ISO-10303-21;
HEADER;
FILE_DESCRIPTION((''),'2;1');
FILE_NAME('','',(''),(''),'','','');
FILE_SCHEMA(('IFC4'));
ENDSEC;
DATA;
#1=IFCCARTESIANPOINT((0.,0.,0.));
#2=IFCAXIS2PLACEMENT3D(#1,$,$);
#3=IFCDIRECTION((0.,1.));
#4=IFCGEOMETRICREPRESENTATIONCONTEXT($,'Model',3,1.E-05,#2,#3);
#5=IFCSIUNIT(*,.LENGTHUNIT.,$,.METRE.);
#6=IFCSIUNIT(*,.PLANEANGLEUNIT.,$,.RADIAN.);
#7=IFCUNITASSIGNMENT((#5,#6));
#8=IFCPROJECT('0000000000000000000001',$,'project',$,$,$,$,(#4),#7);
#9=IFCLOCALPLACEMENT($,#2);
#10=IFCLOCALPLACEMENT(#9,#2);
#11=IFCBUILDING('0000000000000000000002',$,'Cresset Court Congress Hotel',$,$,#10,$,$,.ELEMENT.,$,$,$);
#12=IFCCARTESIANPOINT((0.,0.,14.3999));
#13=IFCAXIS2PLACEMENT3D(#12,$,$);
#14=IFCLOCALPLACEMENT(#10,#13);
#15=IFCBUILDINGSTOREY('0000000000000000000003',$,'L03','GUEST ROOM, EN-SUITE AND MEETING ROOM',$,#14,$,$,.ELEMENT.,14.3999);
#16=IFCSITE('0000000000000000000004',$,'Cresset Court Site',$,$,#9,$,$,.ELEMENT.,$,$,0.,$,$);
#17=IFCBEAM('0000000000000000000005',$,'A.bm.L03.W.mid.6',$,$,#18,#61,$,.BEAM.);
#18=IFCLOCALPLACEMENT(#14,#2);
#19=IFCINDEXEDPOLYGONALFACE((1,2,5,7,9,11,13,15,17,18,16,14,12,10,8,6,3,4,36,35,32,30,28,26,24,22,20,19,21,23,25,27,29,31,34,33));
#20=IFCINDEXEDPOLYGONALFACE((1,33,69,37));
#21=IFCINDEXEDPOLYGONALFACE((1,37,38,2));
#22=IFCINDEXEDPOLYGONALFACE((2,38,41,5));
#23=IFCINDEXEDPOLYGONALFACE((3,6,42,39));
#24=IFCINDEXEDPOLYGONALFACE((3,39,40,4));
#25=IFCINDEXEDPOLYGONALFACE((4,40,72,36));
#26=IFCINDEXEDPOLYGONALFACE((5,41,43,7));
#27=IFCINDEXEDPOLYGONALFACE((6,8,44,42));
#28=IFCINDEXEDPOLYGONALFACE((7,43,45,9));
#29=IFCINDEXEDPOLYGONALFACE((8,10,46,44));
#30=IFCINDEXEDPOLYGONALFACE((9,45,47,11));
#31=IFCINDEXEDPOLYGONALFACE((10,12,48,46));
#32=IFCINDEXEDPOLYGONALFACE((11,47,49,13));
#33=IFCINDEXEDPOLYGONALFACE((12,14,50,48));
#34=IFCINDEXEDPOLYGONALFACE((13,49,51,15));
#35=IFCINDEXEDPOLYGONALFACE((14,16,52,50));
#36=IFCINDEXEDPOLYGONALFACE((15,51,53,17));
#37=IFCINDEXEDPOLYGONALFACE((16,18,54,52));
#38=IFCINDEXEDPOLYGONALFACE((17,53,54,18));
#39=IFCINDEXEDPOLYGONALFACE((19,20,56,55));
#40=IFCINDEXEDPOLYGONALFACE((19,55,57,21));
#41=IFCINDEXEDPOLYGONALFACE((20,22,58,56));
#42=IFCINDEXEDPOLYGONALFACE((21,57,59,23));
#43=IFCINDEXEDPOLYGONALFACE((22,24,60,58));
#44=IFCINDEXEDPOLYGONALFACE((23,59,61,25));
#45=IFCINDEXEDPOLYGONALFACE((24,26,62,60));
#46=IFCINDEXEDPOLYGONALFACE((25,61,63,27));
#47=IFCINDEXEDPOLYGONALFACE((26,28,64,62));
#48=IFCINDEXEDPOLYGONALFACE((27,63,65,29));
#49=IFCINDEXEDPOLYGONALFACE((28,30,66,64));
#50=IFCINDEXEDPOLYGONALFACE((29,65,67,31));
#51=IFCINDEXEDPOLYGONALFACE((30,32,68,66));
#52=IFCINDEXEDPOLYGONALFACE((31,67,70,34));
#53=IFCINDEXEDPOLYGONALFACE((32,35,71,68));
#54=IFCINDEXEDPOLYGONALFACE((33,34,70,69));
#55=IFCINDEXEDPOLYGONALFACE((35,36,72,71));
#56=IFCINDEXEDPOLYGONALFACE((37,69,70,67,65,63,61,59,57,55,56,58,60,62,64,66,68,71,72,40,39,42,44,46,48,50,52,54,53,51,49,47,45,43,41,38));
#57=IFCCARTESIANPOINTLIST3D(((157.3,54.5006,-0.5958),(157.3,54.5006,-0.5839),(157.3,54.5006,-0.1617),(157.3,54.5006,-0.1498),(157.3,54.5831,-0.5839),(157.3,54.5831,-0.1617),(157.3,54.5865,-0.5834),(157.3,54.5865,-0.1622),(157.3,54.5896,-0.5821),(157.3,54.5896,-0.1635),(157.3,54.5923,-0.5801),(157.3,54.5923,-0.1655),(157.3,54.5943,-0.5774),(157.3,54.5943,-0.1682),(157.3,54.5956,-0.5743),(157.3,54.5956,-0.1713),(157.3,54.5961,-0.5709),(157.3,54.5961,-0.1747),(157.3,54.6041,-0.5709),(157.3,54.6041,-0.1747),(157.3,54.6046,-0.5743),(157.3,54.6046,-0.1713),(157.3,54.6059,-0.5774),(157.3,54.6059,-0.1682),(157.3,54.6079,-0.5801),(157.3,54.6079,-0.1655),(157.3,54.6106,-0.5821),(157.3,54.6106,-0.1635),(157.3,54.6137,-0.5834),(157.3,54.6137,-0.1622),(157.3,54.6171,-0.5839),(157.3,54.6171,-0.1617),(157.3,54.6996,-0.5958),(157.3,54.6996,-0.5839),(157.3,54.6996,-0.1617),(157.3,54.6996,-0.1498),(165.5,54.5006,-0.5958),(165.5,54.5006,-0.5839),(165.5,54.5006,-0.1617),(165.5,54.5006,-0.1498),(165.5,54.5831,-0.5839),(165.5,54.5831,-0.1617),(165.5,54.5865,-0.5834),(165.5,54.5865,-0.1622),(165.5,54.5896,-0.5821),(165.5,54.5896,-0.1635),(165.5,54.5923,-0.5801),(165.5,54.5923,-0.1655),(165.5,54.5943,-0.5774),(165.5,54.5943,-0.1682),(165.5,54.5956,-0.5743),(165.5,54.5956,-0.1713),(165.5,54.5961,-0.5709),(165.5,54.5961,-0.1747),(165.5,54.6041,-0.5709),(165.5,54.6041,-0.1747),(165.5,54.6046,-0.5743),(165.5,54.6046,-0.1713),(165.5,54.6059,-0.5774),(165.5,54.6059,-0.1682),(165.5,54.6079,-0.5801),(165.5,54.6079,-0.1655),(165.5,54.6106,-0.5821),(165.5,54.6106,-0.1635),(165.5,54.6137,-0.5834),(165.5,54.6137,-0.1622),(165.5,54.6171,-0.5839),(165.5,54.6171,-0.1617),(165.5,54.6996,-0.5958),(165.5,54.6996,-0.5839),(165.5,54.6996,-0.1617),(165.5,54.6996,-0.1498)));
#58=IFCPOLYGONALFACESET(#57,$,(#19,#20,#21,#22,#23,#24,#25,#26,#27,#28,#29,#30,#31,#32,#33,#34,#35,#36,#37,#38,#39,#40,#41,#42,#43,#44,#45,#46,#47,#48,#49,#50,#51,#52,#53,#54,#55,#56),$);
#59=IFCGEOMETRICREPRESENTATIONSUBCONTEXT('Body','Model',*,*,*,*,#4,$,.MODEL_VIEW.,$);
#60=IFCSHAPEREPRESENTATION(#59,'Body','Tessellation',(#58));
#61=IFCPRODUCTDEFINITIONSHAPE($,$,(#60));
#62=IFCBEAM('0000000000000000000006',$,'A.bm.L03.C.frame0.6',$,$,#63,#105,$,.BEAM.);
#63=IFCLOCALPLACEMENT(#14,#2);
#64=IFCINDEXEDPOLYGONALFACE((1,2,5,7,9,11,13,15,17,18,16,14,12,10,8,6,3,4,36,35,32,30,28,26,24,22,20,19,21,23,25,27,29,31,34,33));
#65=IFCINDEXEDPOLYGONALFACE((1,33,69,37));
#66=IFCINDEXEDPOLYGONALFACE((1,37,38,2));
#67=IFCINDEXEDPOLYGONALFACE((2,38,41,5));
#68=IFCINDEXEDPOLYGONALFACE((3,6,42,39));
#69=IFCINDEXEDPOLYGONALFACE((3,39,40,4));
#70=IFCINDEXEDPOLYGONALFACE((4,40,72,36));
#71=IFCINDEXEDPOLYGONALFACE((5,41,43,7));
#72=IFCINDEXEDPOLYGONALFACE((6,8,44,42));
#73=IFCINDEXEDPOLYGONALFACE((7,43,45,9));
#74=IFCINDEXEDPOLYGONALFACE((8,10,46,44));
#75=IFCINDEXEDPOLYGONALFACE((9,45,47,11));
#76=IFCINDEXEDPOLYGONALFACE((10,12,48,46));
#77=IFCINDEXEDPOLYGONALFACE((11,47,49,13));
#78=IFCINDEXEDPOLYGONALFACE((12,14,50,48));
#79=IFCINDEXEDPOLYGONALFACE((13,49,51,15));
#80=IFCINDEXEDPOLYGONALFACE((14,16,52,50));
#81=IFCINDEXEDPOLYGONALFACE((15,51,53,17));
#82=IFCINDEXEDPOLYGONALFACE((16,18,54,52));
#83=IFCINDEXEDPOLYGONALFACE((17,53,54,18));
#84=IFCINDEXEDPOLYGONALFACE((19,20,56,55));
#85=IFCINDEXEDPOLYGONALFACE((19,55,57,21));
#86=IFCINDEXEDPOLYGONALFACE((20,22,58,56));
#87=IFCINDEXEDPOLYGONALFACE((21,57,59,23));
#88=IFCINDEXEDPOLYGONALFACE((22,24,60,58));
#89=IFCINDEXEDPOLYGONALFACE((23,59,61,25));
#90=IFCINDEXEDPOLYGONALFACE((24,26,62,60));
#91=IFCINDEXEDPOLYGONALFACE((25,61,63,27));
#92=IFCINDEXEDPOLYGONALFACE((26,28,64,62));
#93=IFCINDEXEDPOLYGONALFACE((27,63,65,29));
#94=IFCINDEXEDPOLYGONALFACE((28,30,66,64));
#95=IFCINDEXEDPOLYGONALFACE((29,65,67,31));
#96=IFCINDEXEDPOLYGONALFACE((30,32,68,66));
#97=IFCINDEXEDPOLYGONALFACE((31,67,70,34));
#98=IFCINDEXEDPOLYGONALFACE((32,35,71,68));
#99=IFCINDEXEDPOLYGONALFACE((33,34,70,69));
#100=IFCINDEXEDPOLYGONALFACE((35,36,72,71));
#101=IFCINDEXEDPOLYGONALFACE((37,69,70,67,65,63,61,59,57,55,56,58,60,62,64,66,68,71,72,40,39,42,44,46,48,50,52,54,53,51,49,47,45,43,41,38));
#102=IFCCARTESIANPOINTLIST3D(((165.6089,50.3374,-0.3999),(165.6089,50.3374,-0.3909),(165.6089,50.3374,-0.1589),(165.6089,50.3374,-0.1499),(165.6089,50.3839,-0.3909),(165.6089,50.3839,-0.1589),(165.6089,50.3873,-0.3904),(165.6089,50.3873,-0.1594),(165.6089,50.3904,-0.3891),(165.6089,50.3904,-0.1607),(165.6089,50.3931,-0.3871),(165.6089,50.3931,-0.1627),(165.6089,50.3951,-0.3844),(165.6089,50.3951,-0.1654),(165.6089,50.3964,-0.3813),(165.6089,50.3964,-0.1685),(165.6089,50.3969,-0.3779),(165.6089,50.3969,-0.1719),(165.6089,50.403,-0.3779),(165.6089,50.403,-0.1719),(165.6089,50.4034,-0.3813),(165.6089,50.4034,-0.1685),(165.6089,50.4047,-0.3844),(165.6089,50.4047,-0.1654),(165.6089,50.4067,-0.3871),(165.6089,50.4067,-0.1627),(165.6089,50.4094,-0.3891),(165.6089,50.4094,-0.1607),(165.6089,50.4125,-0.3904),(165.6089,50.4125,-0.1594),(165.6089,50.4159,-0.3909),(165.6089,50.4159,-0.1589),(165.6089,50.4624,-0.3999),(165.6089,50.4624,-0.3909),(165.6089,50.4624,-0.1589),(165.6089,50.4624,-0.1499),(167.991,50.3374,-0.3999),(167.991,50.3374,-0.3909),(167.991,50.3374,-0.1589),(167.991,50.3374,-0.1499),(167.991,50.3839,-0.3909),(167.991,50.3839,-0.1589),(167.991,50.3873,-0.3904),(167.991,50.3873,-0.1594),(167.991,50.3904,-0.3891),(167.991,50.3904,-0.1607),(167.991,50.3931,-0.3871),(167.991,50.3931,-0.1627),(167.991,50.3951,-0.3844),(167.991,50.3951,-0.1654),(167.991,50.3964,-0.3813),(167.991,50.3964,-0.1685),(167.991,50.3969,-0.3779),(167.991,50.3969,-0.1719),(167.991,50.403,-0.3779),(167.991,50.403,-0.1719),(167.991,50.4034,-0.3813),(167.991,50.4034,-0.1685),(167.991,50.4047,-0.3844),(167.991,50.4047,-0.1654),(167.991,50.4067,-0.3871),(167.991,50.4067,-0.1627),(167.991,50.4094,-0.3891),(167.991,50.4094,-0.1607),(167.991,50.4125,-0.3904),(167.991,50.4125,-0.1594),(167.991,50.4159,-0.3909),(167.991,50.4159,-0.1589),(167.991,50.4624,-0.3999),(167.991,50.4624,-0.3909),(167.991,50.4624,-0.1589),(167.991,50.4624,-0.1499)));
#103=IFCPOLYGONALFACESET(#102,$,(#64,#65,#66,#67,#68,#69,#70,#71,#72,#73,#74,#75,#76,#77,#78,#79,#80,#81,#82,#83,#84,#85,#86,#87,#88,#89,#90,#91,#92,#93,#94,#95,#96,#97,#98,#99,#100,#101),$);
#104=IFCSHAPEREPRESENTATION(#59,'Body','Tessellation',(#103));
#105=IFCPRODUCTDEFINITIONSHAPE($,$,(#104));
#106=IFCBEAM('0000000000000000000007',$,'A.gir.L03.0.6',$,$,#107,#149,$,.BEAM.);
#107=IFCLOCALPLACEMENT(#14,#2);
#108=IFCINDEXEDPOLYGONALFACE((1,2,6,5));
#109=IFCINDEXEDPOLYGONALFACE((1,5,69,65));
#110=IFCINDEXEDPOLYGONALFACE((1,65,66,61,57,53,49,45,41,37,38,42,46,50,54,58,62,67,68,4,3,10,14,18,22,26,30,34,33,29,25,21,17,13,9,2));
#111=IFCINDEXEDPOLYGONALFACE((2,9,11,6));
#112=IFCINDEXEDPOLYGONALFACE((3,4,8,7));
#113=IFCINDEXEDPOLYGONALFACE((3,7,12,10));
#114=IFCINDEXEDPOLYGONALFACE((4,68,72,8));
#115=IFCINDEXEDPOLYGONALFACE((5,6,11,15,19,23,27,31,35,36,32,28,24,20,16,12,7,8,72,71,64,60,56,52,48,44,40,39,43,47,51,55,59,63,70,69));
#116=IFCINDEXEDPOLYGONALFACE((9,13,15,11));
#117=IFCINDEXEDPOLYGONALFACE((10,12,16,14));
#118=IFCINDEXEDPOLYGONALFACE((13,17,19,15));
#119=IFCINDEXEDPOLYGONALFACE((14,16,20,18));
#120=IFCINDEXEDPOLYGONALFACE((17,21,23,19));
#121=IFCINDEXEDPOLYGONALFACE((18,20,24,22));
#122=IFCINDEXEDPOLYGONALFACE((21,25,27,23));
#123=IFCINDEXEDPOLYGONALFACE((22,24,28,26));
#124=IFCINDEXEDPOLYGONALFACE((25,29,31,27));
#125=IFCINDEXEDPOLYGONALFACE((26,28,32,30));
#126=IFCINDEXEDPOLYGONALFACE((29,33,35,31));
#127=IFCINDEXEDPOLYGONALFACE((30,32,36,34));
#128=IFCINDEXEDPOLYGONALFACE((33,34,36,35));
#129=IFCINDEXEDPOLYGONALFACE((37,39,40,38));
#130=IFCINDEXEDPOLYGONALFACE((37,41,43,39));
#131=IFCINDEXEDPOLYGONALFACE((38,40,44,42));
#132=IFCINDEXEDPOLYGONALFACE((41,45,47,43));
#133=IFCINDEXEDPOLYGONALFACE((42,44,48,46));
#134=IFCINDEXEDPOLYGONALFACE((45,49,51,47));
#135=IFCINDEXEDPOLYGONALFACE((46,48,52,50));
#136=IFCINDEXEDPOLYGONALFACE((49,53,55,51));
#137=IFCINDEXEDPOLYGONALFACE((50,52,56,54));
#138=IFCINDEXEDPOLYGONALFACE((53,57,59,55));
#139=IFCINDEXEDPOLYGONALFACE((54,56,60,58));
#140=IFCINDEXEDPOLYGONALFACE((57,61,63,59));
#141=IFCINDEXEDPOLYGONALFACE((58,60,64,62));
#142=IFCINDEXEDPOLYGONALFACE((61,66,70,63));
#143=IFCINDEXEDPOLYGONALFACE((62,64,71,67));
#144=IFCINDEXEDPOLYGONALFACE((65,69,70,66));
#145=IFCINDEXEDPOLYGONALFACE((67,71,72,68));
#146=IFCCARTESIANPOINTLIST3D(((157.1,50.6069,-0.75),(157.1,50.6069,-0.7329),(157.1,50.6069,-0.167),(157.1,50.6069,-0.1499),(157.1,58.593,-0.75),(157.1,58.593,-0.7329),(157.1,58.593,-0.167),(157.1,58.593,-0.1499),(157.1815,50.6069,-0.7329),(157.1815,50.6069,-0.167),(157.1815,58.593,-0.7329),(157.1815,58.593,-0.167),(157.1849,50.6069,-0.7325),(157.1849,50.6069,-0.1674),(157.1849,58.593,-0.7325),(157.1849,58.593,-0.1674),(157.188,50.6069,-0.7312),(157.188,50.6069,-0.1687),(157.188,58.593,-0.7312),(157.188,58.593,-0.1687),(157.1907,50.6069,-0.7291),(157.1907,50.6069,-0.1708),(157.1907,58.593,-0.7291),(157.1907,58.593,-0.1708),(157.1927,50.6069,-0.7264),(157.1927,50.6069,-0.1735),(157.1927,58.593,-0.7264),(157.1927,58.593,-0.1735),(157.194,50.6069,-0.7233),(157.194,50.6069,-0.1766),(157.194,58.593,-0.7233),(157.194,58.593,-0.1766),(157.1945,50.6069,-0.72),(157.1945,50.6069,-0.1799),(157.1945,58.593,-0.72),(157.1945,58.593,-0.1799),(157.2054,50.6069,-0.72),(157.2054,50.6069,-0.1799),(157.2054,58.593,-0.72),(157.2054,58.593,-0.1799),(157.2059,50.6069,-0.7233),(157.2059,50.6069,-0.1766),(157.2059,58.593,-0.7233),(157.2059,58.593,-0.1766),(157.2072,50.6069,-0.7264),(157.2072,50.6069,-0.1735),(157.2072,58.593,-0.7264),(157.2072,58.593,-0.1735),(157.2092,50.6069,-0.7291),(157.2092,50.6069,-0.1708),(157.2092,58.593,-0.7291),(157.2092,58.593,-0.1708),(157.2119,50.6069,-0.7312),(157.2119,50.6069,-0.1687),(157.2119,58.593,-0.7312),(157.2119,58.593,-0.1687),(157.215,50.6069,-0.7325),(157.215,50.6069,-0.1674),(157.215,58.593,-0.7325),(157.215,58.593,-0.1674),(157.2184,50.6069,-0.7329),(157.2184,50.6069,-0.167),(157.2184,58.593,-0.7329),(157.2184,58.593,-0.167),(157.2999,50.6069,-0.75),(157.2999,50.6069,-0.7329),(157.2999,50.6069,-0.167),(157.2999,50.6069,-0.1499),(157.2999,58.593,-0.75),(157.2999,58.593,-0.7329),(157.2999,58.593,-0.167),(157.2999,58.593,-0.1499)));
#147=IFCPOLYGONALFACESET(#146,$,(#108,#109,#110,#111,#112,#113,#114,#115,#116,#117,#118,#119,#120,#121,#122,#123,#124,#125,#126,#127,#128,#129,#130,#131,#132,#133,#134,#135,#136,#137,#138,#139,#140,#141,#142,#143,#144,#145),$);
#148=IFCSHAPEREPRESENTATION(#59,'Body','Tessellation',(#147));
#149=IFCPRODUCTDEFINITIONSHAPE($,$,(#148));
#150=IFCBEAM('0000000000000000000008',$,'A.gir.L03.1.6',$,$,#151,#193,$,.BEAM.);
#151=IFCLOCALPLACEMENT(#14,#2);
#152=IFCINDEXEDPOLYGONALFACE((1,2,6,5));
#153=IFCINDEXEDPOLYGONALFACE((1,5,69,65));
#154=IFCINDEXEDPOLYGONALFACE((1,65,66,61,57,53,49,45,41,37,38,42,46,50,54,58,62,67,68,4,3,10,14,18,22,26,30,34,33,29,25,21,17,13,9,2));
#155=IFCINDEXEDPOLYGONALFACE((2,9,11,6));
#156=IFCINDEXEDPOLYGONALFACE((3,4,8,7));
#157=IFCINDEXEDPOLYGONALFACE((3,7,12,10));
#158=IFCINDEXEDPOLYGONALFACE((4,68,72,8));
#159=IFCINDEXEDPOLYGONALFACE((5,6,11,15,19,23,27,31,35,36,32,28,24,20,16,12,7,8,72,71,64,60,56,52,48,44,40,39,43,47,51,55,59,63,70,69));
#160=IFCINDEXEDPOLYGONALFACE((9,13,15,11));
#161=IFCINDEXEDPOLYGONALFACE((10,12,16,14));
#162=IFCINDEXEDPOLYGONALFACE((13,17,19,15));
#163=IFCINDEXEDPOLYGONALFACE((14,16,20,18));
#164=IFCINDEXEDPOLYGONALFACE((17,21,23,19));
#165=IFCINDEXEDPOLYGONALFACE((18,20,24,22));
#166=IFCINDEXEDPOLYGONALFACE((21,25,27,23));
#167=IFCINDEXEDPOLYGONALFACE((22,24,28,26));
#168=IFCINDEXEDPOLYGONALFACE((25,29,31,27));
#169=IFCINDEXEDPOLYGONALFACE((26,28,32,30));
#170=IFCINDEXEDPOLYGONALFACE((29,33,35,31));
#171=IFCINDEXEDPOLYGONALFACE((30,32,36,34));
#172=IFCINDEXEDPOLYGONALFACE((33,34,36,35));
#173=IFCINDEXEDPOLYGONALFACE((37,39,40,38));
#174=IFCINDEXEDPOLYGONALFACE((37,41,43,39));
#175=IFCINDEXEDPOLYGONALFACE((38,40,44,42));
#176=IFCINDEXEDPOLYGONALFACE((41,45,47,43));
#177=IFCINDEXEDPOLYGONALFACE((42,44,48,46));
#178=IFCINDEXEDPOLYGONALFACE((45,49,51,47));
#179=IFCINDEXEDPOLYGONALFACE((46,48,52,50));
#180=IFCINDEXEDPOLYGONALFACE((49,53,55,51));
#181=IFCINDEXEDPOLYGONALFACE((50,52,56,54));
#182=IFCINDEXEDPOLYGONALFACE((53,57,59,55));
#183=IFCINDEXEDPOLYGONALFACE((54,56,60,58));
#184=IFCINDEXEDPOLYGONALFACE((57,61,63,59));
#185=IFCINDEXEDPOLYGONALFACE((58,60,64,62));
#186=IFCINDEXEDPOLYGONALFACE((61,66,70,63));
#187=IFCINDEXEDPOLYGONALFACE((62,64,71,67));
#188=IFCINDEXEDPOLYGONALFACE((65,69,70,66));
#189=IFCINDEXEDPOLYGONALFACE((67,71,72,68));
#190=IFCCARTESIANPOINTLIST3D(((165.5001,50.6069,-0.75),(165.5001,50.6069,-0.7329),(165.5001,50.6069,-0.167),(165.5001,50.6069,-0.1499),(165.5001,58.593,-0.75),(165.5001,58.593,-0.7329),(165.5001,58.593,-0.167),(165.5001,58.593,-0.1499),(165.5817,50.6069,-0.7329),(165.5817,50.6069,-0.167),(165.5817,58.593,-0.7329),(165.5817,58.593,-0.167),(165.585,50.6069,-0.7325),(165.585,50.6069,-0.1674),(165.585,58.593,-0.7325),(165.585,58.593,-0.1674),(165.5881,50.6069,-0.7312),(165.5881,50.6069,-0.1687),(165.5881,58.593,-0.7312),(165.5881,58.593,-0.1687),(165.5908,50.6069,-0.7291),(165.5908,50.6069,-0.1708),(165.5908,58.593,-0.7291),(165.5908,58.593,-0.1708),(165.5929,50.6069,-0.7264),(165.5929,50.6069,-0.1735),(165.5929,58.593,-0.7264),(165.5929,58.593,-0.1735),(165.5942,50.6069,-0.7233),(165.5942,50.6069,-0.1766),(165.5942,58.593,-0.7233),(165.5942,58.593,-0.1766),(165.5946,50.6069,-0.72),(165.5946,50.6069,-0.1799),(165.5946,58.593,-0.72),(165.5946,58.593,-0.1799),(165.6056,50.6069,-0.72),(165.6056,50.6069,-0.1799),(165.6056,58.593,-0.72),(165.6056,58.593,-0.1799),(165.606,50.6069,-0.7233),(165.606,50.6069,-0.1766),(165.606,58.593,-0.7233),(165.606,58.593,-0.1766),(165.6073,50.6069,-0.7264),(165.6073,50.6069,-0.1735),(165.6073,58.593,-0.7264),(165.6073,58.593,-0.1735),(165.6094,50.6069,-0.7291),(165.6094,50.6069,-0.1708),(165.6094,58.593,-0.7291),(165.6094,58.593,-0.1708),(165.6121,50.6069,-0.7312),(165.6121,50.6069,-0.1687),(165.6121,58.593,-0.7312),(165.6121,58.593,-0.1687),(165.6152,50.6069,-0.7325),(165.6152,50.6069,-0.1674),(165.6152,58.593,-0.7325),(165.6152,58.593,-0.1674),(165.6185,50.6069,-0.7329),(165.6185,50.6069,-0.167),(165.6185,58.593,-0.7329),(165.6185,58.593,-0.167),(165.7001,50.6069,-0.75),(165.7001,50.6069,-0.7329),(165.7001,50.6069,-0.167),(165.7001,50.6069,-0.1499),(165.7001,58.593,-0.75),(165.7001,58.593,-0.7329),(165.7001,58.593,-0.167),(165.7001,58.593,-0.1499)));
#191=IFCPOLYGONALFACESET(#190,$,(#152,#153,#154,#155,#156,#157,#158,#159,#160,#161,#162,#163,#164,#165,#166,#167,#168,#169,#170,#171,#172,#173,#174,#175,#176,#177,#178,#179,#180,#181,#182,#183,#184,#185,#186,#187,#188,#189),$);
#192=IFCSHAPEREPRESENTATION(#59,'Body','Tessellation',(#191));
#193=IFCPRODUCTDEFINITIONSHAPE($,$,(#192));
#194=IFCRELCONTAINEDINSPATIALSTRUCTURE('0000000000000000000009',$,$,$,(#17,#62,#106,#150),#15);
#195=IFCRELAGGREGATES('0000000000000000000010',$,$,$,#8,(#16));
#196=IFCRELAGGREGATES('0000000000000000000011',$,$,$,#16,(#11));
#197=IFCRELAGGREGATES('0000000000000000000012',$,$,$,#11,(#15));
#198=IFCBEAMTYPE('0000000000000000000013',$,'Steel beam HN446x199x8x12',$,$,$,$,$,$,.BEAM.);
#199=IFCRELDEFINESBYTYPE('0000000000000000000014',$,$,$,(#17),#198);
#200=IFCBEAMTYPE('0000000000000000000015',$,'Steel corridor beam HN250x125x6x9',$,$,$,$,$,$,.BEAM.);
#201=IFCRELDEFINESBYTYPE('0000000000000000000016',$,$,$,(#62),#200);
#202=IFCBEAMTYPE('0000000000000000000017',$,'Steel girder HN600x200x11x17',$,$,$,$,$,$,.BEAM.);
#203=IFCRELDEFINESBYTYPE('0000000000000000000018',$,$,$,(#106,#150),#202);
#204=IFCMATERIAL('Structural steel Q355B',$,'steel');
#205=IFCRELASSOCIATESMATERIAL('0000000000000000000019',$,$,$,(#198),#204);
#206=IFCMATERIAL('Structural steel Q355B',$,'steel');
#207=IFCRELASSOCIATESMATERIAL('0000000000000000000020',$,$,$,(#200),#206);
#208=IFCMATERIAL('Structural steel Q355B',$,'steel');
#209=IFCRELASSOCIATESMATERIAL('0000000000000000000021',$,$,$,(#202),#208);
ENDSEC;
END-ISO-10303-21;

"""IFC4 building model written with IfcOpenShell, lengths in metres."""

from ifc_helpers import new_model, si_unit, direction, frame, origin, origin_2d, place, context, subcontext, project, spatial, i_section, extrude, material, material_profile, profile_set, type_object, element, save


model = new_model("IFC4")

# Units and contexts
model_context = context("Model", 3, precision=1e-05, world=origin(), true_north=direction((0.0, 1.0)))
body_context = subcontext(model_context, "Body", "Model", "MODEL_VIEW")
ifc_project = project(units=[si_unit("LENGTHUNIT", "METRE"), si_unit("PLANEANGLEUNIT", "RADIAN")], contexts=[model_context])

# Site, building, storey
site_placement = place(None, origin())
site = spatial("IfcSite", under=ifc_project, at=site_placement, Name="Cresset Court Site", CompositionType="ELEMENT", RefElevation=0.0)
building_placement = place(site_placement, origin())
building = spatial("IfcBuilding", under=site, at=building_placement, Name="Cresset Court Congress Hotel", CompositionType="ELEMENT")
storey_placement = place(building_placement, frame((0.0, 0.0, 14.3999)))
storey = spatial("IfcBuildingStorey", under=building, at=storey_placement, Name="L03", Description="GUEST ROOM, EN-SUITE AND MEETING ROOM", CompositionType="ELEMENT", Elevation=14.3999)

# Beams
ifc_material_1 = material(Name="Structural steel Q355B", Category="steel")
ifc_material_profile_1 = material_profile(ifc_material_1, i_section(OverallWidth=0.199, OverallDepth=0.446, WebThickness=0.0081, FlangeThickness=0.012, FilletRadius=0.0129, at=origin_2d()), Name="HN446x199x8x12")
ifc_profile_set_1 = profile_set([ifc_material_profile_1], Name="Structural steel Q355B")
beam_type_1 = type_object("IfcBeamType", Name="Steel beam HN446x199x8x12", PredefinedType="BEAM", material=ifc_profile_set_1)
beam_1_placement = place(storey_placement, frame((157.3, 54.6001, -0.3728), z_axis=(1.0, 0.0, 0.0), x_axis=(0.0, 1.0, 0.0)))
element("IfcBeam", 1, at=beam_1_placement, inside=storey, type_object=beam_type_1, Name="A.bm.L03.W.mid.6", PredefinedType="BEAM", context=body_context, shape_type="SweptSolid", body=[
    extrude(i_section(OverallWidth=0.199, OverallDepth=0.446, WebThickness=0.0081, FlangeThickness=0.012, FilletRadius=0.0129, at=origin_2d()), origin(), (0.0, 0.0, 1.0), 8.2),
])
ifc_material_2 = material(Name="Structural steel Q355B", Category="steel")
ifc_material_profile_2 = material_profile(ifc_material_2, i_section(OverallWidth=0.125, OverallDepth=0.25, WebThickness=0.0061, FlangeThickness=0.009, FilletRadius=0.0129, at=origin_2d()), Name="HN250x125x6x9")
ifc_profile_set_2 = profile_set([ifc_material_profile_2], Name="Structural steel Q355B")
beam_type_2 = type_object("IfcBeamType", Name="Steel corridor beam HN250x125x6x9", PredefinedType="BEAM", material=ifc_profile_set_2)
beam_2_placement = place(storey_placement, frame((165.6089, 50.3999, -0.2749), z_axis=(1.0, 0.0, 0.0), x_axis=(0.0, 1.0, 0.0)))
element("IfcBeam", 2, at=beam_2_placement, inside=storey, type_object=beam_type_2, Name="A.bm.L03.C.frame0.6", PredefinedType="BEAM", context=body_context, shape_type="SweptSolid", body=[
    extrude(i_section(OverallWidth=0.125, OverallDepth=0.25, WebThickness=0.0061, FlangeThickness=0.009, FilletRadius=0.0129, at=origin_2d()), origin(), (0.0, 0.0, 1.0), 2.3821),
])
ifc_material_3 = material(Name="Structural steel Q355B", Category="steel")
ifc_material_profile_3 = material_profile(ifc_material_3, i_section(OverallWidth=0.2, OverallDepth=0.6001, WebThickness=0.011, FlangeThickness=0.0171, FilletRadius=0.0129, at=origin_2d()), Name="HN600x200x11x17")
ifc_profile_set_3 = profile_set([ifc_material_profile_3], Name="Structural steel Q355B")
beam_type_3 = type_object("IfcBeamType", Name="Steel girder HN600x200x11x17", PredefinedType="BEAM", material=ifc_profile_set_3)
for number, where, z_axis, x_axis, name in (
    (3, (157.2, 50.6069, -0.45), (0.0, 1.0, 0.0), (-1.0, 0.0, 0.0), "A.gir.L03.0.6"),
    (4, (165.6001, 50.6069, -0.45), (0.0, 1.0, 0.0), (-1.0, 0.0, 0.0), "A.gir.L03.1.6"),
):
    element("IfcBeam", number, at=place(storey_placement, frame(where, z_axis=z_axis, x_axis=x_axis)), inside=storey, type_object=beam_type_3, Name=name, PredefinedType="BEAM", context=body_context, shape_type="SweptSolid", body=[
        extrude(i_section(OverallWidth=0.2, OverallDepth=0.6001, WebThickness=0.011, FlangeThickness=0.0171, FilletRadius=0.0129, at=origin_2d()), origin(), (0.0, 0.0, 1.0), 7.9861),
    ])

save(model, "model.ifc")
